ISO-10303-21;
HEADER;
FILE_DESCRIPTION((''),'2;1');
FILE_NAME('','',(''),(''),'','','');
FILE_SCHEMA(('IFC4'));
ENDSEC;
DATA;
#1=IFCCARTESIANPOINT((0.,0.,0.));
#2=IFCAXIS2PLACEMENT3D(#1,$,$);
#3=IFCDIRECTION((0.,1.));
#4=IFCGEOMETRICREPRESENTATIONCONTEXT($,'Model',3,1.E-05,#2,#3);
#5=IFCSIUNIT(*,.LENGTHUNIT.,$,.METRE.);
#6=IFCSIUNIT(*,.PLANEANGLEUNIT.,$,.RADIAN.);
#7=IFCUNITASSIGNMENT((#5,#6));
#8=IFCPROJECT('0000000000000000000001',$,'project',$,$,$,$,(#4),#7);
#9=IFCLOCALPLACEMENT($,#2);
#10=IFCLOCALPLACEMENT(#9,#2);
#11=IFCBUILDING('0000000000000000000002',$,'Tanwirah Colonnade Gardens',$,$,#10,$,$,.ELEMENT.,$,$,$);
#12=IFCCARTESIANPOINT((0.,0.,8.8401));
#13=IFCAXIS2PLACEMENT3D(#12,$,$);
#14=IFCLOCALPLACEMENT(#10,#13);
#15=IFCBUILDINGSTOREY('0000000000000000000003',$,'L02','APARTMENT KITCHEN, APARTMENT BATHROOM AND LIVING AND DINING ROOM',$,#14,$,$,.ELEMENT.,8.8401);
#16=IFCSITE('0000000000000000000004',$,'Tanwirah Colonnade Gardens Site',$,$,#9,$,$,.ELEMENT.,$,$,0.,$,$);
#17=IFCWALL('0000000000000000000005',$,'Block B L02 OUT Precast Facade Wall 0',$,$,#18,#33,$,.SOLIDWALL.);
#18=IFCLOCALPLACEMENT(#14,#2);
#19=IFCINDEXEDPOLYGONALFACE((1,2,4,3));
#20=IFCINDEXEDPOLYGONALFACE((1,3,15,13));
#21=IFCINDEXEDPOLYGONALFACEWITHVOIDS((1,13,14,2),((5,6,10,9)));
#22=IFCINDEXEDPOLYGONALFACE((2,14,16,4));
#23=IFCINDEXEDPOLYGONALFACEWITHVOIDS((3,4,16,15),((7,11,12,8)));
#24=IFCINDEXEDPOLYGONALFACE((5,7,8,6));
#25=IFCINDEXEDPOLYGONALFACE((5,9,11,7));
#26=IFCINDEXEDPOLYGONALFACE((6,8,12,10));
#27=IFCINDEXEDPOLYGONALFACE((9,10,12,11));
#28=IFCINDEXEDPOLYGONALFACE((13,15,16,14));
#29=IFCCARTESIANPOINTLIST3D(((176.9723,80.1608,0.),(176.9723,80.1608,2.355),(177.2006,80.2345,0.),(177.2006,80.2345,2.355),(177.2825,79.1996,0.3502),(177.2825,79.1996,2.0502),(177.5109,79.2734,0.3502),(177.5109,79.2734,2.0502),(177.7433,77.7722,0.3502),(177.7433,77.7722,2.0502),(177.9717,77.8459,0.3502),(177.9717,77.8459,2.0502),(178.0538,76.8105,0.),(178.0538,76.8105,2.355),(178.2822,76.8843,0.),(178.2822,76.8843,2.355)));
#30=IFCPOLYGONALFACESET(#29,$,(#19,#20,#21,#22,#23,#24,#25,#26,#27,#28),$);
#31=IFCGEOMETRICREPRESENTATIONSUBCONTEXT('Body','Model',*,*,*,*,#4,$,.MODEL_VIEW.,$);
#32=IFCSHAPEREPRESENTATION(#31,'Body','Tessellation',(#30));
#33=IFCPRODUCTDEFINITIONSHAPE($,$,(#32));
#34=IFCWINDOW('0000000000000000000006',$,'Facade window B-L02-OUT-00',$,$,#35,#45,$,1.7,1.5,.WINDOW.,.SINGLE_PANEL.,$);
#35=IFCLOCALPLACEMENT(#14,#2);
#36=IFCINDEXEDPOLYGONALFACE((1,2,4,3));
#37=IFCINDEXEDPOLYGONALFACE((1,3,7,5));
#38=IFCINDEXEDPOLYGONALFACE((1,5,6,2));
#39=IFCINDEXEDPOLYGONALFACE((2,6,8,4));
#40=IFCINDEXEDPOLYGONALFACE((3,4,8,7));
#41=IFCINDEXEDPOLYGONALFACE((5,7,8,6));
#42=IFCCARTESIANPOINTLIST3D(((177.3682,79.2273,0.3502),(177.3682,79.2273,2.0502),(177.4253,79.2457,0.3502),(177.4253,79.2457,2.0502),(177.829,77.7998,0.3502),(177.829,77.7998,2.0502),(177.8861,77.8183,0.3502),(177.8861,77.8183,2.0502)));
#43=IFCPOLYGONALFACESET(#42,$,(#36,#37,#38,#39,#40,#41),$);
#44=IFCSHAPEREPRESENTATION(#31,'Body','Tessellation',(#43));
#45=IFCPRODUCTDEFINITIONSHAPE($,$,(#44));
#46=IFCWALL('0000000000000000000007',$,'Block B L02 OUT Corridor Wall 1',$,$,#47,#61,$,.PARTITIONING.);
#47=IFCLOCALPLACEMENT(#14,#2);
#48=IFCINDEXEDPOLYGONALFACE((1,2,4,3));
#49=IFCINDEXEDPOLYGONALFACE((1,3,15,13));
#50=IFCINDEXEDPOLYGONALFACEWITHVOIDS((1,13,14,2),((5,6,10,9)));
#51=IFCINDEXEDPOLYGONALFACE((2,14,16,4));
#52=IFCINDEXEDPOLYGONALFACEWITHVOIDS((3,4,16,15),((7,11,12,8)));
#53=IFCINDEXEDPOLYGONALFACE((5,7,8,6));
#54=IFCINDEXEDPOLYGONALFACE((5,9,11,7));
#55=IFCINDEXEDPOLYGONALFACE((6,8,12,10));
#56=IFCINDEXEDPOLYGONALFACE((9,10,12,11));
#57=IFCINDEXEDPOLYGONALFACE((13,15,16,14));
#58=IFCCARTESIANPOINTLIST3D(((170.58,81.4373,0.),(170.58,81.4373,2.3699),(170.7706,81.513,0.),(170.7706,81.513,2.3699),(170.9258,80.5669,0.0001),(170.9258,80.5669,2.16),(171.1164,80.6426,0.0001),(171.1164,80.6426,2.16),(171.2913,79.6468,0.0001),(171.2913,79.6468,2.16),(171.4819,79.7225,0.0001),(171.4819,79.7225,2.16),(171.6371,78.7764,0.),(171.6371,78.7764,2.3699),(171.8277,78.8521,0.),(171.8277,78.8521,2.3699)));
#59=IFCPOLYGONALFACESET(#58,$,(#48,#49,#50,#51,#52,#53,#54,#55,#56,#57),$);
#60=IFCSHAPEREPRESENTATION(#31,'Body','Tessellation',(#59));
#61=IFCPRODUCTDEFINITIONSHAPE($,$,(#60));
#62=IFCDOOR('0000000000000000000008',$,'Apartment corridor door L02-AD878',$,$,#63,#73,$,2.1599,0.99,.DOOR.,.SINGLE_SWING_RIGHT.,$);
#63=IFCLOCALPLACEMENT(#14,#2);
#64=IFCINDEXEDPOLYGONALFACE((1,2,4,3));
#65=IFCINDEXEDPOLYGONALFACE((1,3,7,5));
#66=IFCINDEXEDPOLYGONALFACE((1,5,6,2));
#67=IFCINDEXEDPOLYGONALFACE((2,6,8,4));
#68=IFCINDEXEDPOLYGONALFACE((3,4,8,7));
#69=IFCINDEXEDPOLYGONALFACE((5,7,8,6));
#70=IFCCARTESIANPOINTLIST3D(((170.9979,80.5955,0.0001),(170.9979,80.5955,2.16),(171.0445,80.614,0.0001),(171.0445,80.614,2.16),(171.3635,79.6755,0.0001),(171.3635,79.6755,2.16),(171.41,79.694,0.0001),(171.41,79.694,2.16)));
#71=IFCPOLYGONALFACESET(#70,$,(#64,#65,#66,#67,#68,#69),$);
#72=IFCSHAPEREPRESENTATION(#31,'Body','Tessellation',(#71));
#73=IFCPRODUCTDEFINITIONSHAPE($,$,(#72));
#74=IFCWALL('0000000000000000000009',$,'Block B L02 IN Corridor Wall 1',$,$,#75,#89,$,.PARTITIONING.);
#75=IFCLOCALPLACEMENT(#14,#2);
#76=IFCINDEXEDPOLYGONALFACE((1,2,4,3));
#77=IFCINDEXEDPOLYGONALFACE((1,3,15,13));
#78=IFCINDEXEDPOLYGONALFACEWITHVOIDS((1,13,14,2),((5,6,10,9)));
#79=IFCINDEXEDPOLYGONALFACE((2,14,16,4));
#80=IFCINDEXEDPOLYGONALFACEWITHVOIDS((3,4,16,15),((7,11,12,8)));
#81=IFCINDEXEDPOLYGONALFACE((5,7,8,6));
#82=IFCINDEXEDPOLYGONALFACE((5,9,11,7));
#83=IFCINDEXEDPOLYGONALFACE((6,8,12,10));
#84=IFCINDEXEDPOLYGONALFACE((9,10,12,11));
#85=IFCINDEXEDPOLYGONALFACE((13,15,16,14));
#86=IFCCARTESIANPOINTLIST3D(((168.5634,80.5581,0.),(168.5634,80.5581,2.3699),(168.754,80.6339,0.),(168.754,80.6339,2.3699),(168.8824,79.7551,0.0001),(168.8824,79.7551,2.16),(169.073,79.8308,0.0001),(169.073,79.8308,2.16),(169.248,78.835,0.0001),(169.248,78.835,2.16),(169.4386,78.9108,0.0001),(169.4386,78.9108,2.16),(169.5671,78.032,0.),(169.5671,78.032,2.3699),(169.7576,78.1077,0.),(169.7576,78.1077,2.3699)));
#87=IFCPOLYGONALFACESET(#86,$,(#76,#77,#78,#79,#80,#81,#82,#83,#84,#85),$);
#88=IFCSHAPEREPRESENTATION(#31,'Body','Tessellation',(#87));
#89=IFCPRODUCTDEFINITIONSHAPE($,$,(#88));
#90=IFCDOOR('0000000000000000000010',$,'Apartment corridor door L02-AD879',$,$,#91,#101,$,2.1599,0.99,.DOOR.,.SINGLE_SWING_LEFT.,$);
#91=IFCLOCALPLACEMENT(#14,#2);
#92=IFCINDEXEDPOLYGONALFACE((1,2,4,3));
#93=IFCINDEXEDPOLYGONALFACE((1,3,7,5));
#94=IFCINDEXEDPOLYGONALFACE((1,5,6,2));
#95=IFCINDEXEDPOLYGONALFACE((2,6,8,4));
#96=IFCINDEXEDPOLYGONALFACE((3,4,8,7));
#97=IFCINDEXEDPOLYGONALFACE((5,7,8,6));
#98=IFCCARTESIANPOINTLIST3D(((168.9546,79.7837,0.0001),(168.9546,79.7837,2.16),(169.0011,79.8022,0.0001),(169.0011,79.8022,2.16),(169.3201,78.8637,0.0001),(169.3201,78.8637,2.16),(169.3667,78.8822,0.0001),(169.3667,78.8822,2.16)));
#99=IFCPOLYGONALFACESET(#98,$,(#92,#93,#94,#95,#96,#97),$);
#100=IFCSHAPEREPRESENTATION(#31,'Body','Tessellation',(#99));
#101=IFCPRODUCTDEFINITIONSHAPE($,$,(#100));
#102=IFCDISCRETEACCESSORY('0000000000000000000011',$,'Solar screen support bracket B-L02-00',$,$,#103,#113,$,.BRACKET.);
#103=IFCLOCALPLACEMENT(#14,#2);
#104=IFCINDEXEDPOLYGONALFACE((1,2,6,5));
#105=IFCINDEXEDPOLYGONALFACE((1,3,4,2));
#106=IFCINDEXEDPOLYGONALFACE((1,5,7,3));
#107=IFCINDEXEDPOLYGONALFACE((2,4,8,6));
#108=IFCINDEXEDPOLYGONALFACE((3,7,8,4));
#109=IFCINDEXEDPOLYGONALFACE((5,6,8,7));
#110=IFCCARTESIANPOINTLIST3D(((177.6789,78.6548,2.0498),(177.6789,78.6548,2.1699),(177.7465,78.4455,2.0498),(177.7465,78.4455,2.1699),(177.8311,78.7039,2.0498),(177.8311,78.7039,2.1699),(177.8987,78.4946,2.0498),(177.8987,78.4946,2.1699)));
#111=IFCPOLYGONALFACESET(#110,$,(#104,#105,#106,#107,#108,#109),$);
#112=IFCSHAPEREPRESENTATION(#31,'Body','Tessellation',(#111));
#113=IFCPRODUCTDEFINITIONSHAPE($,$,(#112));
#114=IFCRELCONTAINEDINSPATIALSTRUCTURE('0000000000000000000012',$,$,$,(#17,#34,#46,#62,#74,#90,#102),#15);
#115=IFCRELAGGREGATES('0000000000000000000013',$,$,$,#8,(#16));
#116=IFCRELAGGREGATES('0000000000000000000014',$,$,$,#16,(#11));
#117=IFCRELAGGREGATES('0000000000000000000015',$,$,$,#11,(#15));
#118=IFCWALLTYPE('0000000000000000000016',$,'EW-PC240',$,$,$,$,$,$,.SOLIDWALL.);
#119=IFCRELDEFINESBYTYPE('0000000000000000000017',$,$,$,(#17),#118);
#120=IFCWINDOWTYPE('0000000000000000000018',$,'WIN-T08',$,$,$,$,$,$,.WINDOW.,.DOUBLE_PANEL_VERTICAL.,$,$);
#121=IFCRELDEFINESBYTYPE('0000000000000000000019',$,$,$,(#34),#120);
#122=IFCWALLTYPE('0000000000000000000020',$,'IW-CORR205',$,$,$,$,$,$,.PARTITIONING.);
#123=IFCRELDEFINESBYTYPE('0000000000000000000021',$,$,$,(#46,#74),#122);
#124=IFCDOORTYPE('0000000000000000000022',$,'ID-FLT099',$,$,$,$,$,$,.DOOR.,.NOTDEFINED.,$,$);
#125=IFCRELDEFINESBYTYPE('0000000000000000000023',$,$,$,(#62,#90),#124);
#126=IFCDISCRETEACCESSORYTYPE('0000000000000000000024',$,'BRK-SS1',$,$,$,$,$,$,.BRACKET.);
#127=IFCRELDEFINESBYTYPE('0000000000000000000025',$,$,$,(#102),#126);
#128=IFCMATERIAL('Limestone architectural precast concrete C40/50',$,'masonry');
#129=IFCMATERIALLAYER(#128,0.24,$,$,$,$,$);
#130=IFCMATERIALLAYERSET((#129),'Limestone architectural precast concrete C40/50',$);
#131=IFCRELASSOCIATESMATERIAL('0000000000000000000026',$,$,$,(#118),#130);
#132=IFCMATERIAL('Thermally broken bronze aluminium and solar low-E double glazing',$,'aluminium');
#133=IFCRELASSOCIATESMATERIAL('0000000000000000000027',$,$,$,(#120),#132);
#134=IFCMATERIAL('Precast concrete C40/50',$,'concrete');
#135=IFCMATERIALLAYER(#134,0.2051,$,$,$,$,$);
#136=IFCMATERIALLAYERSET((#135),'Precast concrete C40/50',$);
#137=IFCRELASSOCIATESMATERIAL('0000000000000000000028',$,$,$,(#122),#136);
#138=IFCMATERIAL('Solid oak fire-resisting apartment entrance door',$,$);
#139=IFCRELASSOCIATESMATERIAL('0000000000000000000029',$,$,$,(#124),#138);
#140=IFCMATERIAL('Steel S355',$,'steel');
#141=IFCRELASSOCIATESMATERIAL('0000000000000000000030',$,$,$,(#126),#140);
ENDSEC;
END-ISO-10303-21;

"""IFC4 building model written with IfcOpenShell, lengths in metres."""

from ifc_helpers import new_model, si_unit, direction, frame, frame_2d, origin, origin_2d, place, context, subcontext, project, spatial, rectangle, extrude, material, layer, layer_set, type_object, element, fill, save


model = new_model("IFC4")

# Units and contexts
model_context = context("Model", 3, precision=1e-05, world=origin(), true_north=direction((0.0, 1.0)))
body_context = subcontext(model_context, "Body", "Model", "MODEL_VIEW")
ifc_project = project(units=[si_unit("LENGTHUNIT", "METRE"), si_unit("PLANEANGLEUNIT", "RADIAN")], contexts=[model_context])

# Site, building, storey
site_placement = place(None, origin())
site = spatial("IfcSite", under=ifc_project, at=site_placement, Name="Tanwirah Colonnade Gardens Site", CompositionType="ELEMENT", RefElevation=0.0)
building_placement = place(site_placement, origin())
building = spatial("IfcBuilding", under=site, at=building_placement, Name="Tanwirah Colonnade Gardens", CompositionType="ELEMENT")
storey_placement = place(building_placement, frame((0.0, 0.0, 8.8401)))
storey = spatial("IfcBuildingStorey", under=building, at=storey_placement, Name="L02", Description="APARTMENT KITCHEN, APARTMENT BATHROOM AND LIVING AND DINING ROOM", CompositionType="ELEMENT", Elevation=8.8401)

# Shared definitions
ifc_material_1 = material(Name="Precast concrete C40/50", Category="concrete")

# Wall, opening, window
ifc_material_2 = material(Name="Limestone architectural precast concrete C40/50", Category="masonry")
ifc_layer_1 = layer(ifc_material_2, 0.24)
ifc_layer_set_1 = layer_set([ifc_layer_1], Name="Limestone architectural precast concrete C40/50")
wall_type_1 = type_object("IfcWallType", Name="EW-PC240", PredefinedType="SOLIDWALL", material=ifc_layer_set_1)
wall_1_placement = place(storey_placement, frame((178.168, 76.8474, 0.0), z_axis=(0.0, 0.0, 1.0), x_axis=(-0.307205, 0.951643, 0.0)))
wall_1 = element("IfcWall", 1, at=wall_1_placement, inside=storey, type_object=wall_type_1, Name="Block B L02 OUT Precast Facade Wall 0", PredefinedType="SOLIDWALL", context=body_context, shape_type="SweptSolid", body=[
    extrude(rectangle(XDim=3.5205, YDim=0.24, at=frame_2d((1.7603, 0.0))), origin(), (0.0, 0.0, 1.0), 2.355),
])
opening_1_placement = place(wall_1_placement, frame((1.0105, 0.0, 0.3501)))
opening_1 = element("IfcOpeningElement", 2, at=opening_1_placement, cuts=wall_1, PredefinedType="OPENING", context=body_context, shape_type="SweptSolid", body=[
    extrude(rectangle(XDim=1.5, YDim=1.7, at=frame_2d((0.75, 0.8501))), frame((0.0, 0.1299, 0.0), z_axis=(0.0, -1.0, 0.0), x_axis=(1.0, 0.0, 0.0)), (0.0, 0.0, 1.0), 0.26),
])
ifc_material_3 = material(Name="Thermally broken bronze aluminium and solar low-E double glazing", Category="aluminium")
window_type = type_object("IfcWindowType", Name="WIN-T08", PartitioningType="DOUBLE_PANEL_VERTICAL", PredefinedType="WINDOW", material=ifc_material_3)
window_placement = place(opening_1_placement, origin())
window = element("IfcWindow", 3, at=window_placement, inside=storey, type_object=window_type, Name="Facade window B-L02-OUT-00", OverallHeight=1.7, OverallWidth=1.5, PartitioningType="SINGLE_PANEL", PredefinedType="WINDOW", context=body_context, shape_type="SweptSolid", body=[
    extrude(rectangle(XDim=1.5, YDim=1.7, at=frame_2d((0.75, 0.8501))), frame((0.0, 0.03, 0.0), z_axis=(0.0, -1.0, 0.0), x_axis=(1.0, 0.0, 0.0)), (0.0, 0.0, 1.0), 0.0601),
])
fill(opening_1, window)

# Walls, openings, doors
ifc_layer_2 = layer(ifc_material_1, 0.2051)
ifc_layer_set_2 = layer_set([ifc_layer_2], Name="Precast concrete C40/50")
wall_type_2 = type_object("IfcWallType", Name="IW-CORR205", PredefinedType="PARTITIONING", material=ifc_layer_set_2)
wall_2_placement = place(storey_placement, frame((171.7324, 78.8142, 0.0), z_axis=(0.0, 0.0, 1.0), x_axis=(-0.369214, 0.929344, 0.0)))
wall_2 = element("IfcWall", 4, at=wall_2_placement, inside=storey, type_object=wall_type_2, Name="Block B L02 OUT Corridor Wall 1", PredefinedType="PARTITIONING", context=body_context, shape_type="SweptSolid", body=[
    extrude(rectangle(XDim=2.8633, YDim=0.2051, at=frame_2d((1.4316, 0.0))), origin(), (0.0, 0.0, 1.0), 2.3699),
])
opening_2_placement = place(wall_2_placement, frame((0.9365, 0.0, 0.0)))
opening_2 = element("IfcOpeningElement", 5, at=opening_2_placement, cuts=wall_2, PredefinedType="OPENING", context=body_context, shape_type="SweptSolid", body=[
    extrude(rectangle(XDim=0.99, YDim=2.1599, at=frame_2d((0.4951, 1.0801))), frame((0.0, 0.1125, 0.0), z_axis=(0.0, -1.0, 0.0), x_axis=(1.0, 0.0, 0.0)), (0.0, 0.0, 1.0), 0.2251),
])
ifc_material_4 = material(Name="Solid oak fire-resisting apartment entrance door")
door_type = type_object("IfcDoorType", Name="ID-FLT099", OperationType="NOTDEFINED", PredefinedType="DOOR", material=ifc_material_4)
door_1_placement = place(opening_2_placement, origin())
door_1 = element("IfcDoor", 6, at=door_1_placement, inside=storey, type_object=door_type, Name="Apartment corridor door L02-AD878", OperationType="SINGLE_SWING_RIGHT", OverallHeight=2.1599, OverallWidth=0.99, PredefinedType="DOOR", context=body_context, shape_type="SweptSolid", body=[
    extrude(rectangle(XDim=0.99, YDim=2.1599, at=frame_2d((0.4951, 1.0801))), frame((0.0, 0.0249, 0.0), z_axis=(0.0, -1.0, 0.0), x_axis=(1.0, 0.0, 0.0)), (0.0, 0.0, 1.0), 0.05),
])
fill(opening_2, door_1)
wall_3_placement = place(storey_placement, frame((169.6624, 78.0698, 0.0), z_axis=(0.0, 0.0, 1.0), x_axis=(-0.369237, 0.929335, 0.0)))
wall_3 = element("IfcWall", 7, at=wall_3_placement, inside=storey, type_object=wall_type_2, Name="Block B L02 IN Corridor Wall 1", PredefinedType="PARTITIONING", context=body_context, shape_type="SweptSolid", body=[
    extrude(rectangle(XDim=2.7183, YDim=0.2051, at=frame_2d((1.3591, 0.0))), origin(), (0.0, 0.0, 1.0), 2.3699),
])
opening_3_placement = place(wall_3_placement, frame((0.864, 0.0, 0.0)))
opening_3 = element("IfcOpeningElement", 8, at=opening_3_placement, cuts=wall_3, PredefinedType="OPENING", context=body_context, shape_type="SweptSolid", body=[
    extrude(rectangle(XDim=0.99, YDim=2.1599, at=frame_2d((0.4951, 1.0801))), frame((0.0, 0.1125, 0.0), z_axis=(0.0, -1.0, 0.0), x_axis=(1.0, 0.0, 0.0)), (0.0, 0.0, 1.0), 0.2251),
])
door_2_placement = place(opening_3_placement, origin())
door_2 = element("IfcDoor", 9, at=door_2_placement, inside=storey, type_object=door_type, Name="Apartment corridor door L02-AD879", OperationType="SINGLE_SWING_LEFT", OverallHeight=2.1599, OverallWidth=0.99, PredefinedType="DOOR", context=body_context, shape_type="SweptSolid", body=[
    extrude(rectangle(XDim=0.99, YDim=2.1599, at=frame_2d((0.4951, 1.0801))), frame((0.0, 0.0249, 0.0), z_axis=(0.0, -1.0, 0.0), x_axis=(1.0, 0.0, 0.0)), (0.0, 0.0, 1.0), 0.05),
])
fill(opening_3, door_2)

# Discrete accessory
ifc_material_5 = material(Name="Steel S355", Category="steel")
discrete_accessory_type = type_object("IfcDiscreteAccessoryType", Name="BRK-SS1", PredefinedType="BRACKET", material=ifc_material_5)
discrete_accessory_placement = place(storey_placement, frame((177.7888, 78.5747, 2.0498), z_axis=(0.0, 0.0, 1.0), x_axis=(-0.307172, 0.951654, 0.0)))
element("IfcDiscreteAccessory", 10, at=discrete_accessory_placement, inside=storey, type_object=discrete_accessory_type, Name="Solar screen support bracket B-L02-00", PredefinedType="BRACKET", context=body_context, shape_type="SweptSolid", body=[
    extrude(rectangle(XDim=0.22, YDim=0.1599, at=origin_2d()), origin(), (0.0, 0.0, 1.0), 0.1201),
])

save(model, "model.ifc")
